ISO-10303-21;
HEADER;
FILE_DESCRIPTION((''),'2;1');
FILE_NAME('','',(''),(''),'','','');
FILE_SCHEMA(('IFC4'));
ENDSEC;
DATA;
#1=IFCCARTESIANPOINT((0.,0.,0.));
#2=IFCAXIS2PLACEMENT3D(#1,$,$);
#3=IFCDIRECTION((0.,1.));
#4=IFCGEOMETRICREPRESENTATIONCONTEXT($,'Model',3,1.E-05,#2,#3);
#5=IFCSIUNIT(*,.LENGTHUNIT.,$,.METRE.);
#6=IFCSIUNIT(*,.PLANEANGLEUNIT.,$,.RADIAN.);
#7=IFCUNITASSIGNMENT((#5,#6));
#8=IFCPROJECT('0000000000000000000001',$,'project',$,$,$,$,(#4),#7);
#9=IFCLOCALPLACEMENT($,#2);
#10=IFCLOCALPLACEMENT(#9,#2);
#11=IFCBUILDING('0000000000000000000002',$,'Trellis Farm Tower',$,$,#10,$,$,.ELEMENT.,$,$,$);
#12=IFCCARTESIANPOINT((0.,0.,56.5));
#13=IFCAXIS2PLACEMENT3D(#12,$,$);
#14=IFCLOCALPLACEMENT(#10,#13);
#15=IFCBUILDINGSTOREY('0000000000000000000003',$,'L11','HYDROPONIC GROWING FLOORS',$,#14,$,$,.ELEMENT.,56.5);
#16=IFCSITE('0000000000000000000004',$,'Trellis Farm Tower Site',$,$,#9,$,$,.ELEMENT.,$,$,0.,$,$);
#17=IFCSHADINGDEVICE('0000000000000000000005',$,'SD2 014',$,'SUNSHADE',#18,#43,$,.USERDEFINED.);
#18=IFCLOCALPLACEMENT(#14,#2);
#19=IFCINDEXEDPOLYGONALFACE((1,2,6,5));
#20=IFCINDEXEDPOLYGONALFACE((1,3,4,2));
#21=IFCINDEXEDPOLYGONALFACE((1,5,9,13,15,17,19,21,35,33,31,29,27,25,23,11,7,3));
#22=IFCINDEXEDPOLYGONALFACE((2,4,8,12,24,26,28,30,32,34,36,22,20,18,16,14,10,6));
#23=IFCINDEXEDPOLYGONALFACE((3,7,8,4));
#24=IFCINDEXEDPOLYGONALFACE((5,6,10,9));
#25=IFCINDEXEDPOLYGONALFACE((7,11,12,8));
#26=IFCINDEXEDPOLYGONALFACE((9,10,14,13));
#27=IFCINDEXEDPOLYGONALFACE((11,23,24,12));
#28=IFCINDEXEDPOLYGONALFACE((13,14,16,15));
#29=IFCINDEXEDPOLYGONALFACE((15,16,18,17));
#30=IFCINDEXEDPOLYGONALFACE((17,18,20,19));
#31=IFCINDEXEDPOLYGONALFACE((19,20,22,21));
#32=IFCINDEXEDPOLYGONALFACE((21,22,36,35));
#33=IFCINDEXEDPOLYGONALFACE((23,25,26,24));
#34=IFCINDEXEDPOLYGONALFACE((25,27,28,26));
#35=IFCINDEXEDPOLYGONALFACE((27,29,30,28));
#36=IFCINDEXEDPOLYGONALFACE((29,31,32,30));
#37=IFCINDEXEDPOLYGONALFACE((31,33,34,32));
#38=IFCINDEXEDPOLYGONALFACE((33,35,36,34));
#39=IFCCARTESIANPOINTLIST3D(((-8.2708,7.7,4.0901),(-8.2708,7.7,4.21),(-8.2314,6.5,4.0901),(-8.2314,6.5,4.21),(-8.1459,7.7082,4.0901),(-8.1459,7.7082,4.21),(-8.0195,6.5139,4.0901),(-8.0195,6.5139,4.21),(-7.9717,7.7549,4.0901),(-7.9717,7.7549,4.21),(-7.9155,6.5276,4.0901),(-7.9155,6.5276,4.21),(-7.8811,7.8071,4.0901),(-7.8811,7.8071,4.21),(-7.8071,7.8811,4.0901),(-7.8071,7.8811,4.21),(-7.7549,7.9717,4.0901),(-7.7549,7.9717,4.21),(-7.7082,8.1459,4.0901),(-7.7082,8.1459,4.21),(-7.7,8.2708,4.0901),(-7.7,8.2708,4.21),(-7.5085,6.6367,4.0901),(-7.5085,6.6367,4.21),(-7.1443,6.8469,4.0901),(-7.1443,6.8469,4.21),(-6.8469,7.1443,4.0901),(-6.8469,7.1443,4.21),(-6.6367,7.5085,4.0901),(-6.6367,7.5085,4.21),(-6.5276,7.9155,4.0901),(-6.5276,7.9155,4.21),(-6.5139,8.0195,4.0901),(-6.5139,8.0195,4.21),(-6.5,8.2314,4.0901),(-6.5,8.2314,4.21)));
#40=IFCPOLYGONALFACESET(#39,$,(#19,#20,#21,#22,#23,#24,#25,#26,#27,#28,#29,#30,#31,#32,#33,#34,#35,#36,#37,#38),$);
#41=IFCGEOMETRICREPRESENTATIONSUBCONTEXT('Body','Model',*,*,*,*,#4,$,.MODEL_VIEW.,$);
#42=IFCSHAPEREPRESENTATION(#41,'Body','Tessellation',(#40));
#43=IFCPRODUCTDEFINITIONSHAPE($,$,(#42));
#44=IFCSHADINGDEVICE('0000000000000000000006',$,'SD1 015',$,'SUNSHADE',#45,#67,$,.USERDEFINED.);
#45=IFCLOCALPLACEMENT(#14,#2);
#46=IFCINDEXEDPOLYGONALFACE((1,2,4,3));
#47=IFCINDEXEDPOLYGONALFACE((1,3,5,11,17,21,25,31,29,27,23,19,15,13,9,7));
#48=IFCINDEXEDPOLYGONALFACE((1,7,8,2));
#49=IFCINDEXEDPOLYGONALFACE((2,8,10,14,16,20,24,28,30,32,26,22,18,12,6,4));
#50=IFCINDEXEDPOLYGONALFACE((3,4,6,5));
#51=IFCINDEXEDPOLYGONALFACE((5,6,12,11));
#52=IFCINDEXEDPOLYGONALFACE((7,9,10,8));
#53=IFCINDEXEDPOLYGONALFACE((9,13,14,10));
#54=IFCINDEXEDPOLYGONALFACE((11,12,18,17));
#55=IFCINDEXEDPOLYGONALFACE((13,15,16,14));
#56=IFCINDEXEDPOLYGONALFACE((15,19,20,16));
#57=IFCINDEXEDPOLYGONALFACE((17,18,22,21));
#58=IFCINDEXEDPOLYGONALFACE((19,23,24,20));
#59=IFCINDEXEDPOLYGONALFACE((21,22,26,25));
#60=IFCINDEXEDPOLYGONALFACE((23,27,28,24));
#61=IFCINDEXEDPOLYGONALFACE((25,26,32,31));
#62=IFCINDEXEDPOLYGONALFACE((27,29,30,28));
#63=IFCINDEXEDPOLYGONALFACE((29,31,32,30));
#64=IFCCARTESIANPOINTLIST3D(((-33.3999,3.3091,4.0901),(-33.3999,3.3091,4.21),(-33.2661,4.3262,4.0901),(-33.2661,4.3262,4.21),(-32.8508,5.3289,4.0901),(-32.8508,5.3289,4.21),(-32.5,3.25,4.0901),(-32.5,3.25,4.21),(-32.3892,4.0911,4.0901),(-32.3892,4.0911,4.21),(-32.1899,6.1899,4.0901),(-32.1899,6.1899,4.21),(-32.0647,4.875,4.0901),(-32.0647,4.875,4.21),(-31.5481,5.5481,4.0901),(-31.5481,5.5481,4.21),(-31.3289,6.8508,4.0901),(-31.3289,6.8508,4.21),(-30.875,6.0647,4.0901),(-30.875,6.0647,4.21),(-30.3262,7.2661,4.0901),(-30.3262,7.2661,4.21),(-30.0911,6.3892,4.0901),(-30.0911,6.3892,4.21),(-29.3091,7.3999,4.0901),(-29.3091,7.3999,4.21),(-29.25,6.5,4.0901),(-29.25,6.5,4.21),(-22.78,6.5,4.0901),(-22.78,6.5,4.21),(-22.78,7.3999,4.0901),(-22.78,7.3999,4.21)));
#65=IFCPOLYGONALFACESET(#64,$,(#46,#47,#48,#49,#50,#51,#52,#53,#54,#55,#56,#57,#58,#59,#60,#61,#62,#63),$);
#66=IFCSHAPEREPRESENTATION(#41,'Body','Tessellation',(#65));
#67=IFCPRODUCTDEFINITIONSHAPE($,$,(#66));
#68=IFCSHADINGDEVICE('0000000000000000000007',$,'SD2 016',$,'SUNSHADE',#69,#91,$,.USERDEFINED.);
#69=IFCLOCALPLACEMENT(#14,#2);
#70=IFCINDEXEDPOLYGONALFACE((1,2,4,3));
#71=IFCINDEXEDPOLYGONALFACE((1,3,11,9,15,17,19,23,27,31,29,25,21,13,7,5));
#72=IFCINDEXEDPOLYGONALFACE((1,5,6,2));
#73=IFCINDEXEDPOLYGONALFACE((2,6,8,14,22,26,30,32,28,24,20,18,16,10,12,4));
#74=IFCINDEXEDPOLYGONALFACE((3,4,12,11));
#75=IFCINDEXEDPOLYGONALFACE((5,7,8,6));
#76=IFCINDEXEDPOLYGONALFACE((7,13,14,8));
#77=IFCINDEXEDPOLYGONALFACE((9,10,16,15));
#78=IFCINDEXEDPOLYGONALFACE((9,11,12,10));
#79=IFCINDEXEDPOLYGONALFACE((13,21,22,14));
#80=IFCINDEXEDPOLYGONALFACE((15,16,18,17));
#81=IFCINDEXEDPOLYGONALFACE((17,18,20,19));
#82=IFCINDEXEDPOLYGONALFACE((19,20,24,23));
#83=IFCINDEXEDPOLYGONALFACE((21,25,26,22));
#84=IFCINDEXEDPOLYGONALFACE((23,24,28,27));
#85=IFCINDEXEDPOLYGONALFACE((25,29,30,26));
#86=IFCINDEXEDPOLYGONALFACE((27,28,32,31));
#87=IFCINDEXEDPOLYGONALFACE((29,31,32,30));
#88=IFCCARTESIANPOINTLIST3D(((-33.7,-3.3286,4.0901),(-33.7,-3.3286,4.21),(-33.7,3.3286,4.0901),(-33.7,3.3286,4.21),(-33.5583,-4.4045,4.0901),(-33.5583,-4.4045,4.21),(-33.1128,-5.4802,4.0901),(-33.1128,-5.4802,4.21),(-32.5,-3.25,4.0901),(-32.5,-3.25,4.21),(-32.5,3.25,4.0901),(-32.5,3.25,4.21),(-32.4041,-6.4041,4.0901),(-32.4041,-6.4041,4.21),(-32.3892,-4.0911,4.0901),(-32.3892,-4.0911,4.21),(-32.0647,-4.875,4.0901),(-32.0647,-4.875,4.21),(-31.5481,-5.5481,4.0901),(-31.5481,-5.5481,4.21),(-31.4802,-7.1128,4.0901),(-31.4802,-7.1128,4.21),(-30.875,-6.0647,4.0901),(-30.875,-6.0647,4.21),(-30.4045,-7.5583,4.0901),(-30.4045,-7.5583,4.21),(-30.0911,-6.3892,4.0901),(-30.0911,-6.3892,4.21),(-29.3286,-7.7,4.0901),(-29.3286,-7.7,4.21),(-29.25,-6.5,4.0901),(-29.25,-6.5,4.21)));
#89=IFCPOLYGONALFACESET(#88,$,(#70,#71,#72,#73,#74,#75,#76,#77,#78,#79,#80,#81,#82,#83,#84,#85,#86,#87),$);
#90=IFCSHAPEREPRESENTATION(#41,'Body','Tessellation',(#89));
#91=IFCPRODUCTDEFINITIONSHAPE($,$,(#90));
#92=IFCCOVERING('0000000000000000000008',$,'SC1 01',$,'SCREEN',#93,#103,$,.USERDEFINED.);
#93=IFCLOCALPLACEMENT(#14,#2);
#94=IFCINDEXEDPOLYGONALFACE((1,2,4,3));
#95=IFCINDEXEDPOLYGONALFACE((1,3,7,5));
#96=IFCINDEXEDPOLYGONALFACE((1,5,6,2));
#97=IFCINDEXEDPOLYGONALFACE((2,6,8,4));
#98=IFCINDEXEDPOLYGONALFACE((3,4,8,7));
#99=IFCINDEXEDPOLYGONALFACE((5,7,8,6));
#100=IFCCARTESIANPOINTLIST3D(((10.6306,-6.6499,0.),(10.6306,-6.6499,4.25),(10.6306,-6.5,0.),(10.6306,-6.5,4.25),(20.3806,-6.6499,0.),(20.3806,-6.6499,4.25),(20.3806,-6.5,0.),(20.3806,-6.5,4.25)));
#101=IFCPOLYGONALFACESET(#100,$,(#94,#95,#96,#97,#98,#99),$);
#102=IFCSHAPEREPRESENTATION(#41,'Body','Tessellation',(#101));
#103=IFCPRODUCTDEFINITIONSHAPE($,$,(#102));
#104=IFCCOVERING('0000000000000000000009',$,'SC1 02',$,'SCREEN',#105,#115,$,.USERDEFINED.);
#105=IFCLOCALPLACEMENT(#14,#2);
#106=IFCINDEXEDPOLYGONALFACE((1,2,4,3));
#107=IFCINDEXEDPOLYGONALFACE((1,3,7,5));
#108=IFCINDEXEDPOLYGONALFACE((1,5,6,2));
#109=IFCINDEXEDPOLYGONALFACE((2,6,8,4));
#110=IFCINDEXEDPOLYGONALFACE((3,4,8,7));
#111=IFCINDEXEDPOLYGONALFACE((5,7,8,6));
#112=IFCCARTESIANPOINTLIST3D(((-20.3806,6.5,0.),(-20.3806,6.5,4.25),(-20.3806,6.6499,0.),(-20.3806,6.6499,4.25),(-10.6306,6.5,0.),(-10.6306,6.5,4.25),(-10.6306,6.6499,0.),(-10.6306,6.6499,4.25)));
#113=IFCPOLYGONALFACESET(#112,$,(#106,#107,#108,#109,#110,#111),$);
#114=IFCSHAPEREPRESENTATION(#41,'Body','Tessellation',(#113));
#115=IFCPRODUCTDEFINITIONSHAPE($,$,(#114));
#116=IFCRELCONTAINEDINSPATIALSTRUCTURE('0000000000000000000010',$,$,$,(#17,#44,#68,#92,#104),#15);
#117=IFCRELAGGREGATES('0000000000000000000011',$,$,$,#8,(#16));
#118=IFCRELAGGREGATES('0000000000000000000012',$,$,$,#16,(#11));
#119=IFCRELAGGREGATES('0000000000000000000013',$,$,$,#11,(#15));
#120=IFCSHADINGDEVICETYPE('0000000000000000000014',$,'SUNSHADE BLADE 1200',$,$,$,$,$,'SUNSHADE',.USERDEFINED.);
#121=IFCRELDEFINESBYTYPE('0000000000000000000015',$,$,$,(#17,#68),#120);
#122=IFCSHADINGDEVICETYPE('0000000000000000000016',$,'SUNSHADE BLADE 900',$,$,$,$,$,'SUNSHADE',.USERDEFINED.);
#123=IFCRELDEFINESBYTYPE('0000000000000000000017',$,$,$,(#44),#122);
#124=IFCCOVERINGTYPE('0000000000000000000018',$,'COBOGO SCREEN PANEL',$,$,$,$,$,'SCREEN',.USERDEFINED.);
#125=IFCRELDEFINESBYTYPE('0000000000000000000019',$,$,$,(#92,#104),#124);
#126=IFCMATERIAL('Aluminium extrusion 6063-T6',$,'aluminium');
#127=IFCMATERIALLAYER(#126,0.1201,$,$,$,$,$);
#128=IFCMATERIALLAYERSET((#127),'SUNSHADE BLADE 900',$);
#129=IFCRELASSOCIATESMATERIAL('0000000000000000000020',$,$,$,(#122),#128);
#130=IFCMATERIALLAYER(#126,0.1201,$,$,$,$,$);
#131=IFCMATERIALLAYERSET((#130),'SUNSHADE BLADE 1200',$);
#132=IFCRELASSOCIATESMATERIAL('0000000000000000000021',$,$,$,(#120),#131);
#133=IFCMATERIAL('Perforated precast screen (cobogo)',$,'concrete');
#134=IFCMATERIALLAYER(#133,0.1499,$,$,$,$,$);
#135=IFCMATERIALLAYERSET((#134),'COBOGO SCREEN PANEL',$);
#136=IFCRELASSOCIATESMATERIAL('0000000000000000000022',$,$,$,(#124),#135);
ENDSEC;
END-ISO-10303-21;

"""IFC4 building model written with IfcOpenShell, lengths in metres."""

from ifc_helpers import new_model, si_unit, direction, frame, origin, place, context, subcontext, project, spatial, polyline, outline, extrude, source, transform, mapped, material, layer, layer_set, type_object, element, save


model = new_model("IFC4")

# Units and contexts
model_context = context("Model", 3, precision=1e-05, world=origin(), true_north=direction((0.0, 1.0)))
body_context = subcontext(model_context, "Body", "Model", "MODEL_VIEW")
ifc_project = project(units=[si_unit("LENGTHUNIT", "METRE"), si_unit("PLANEANGLEUNIT", "RADIAN")], contexts=[model_context])

# Site, building, storey
site_placement = place(None, origin())
site = spatial("IfcSite", under=ifc_project, at=site_placement, Name="Trellis Farm Tower Site", CompositionType="ELEMENT", RefElevation=0.0)
building_placement = place(site_placement, origin())
building = spatial("IfcBuilding", under=site, at=building_placement, Name="Trellis Farm Tower", CompositionType="ELEMENT")
storey_placement = place(building_placement, frame((0.0, 0.0, 56.5)))
storey = spatial("IfcBuildingStorey", under=building, at=storey_placement, Name="L11", Description="HYDROPONIC GROWING FLOORS", CompositionType="ELEMENT", Elevation=56.5)

# Shared definitions
placement_1 = place(storey_placement, origin())
ifc_material_1 = material(Name="Aluminium extrusion 6063-T6", Category="aluminium")

# Shading devices
ifc_layer_1 = layer(ifc_material_1, 0.1201)
ifc_layer_set_1 = layer_set([ifc_layer_1], Name="SUNSHADE BLADE 900")
shading_device_type_1 = type_object("IfcShadingDeviceType", Name="SUNSHADE BLADE 900", ElementType="SUNSHADE", PredefinedType="USERDEFINED", material=ifc_layer_set_1)
placement_2 = place(storey_placement, frame((0.0, 0.0, 4.0901)))
ifc_layer_2 = layer(ifc_material_1, 0.1201)
ifc_layer_set_2 = layer_set([ifc_layer_2], Name="SUNSHADE BLADE 1200")
shading_device_type_2 = type_object("IfcShadingDeviceType", Name="SUNSHADE BLADE 1200", ElementType="SUNSHADE", PredefinedType="USERDEFINED", material=ifc_layer_set_2)
shared_shape_1 = source(origin(), body_context, "Body", "SweptSolid", [
    extrude(outline(polyline([(-7.7, 8.2708), (-7.7087, 8.1372), (-7.707, 8.1501), (-7.7549, 7.9717), (-7.8071, 7.8811), (-7.8811, 7.8071), (-7.9717, 7.7549), (-8.1501, 7.707), (-8.1372, 7.7087), (-8.2708, 7.7), (-8.2314, 6.5), (-8.0195, 6.5139), (-7.9155, 6.5276), (-7.5085, 6.6367), (-7.1443, 6.8469), (-6.8469, 7.1443), (-6.6367, 7.5085), (-6.5276, 7.9155), (-6.5139, 8.0195), (-6.5, 8.2314), (-7.7, 8.2708)])), origin(), (0.0, 0.0, 1.0), 0.1199),
])
element("IfcShadingDevice", 1, at=placement_2, inside=storey, type_object=shading_device_type_2, Name="SD2 014", ObjectType="SUNSHADE", PredefinedType="USERDEFINED", context=body_context, shape_type="MappedRepresentation", body=[
    mapped(shared_shape_1, transform((0.0, 0.0, 0.0))),
])
shared_shape_2 = source(origin(), body_context, "Body", "SweptSolid", [
    extrude(outline(polyline([(-22.78, 7.3999), (-29.3091, 7.3999), (-30.3262, 7.2661), (-31.3289, 6.8508), (-32.1899, 6.1899), (-32.8508, 5.3289), (-33.2661, 4.3262), (-33.3999, 3.3091), (-32.5, 3.25), (-32.3892, 4.0911), (-32.0647, 4.875), (-31.5481, 5.5481), (-30.875, 6.0647), (-30.0911, 6.3892), (-29.25, 6.5), (-22.78, 6.5), (-22.78, 7.3999)])), origin(), (0.0, 0.0, 1.0), 0.1199),
])
element("IfcShadingDevice", 2, at=placement_2, inside=storey, type_object=shading_device_type_1, Name="SD1 015", ObjectType="SUNSHADE", PredefinedType="USERDEFINED", context=body_context, shape_type="MappedRepresentation", body=[
    mapped(shared_shape_2, transform((0.0, 0.0, 0.0))),
])
shared_shape_3 = source(origin(), body_context, "Body", "SweptSolid", [
    extrude(outline(polyline([(-33.7, 3.3286), (-33.7, -3.3286), (-33.5583, -4.4045), (-33.1128, -5.4802), (-32.4041, -6.4041), (-31.4802, -7.1128), (-30.4045, -7.5583), (-29.3286, -7.7), (-29.25, -6.5), (-30.0911, -6.3892), (-30.875, -6.0647), (-31.5481, -5.5481), (-32.0647, -4.875), (-32.3892, -4.0911), (-32.5, -3.25), (-32.5, 3.25), (-33.7, 3.3286)])), origin(), (0.0, 0.0, 1.0), 0.1199),
])
element("IfcShadingDevice", 3, at=placement_2, inside=storey, type_object=shading_device_type_2, Name="SD2 016", ObjectType="SUNSHADE", PredefinedType="USERDEFINED", context=body_context, shape_type="MappedRepresentation", body=[
    mapped(shared_shape_3, transform((0.0, 0.0, 0.0))),
])

# Coverings
ifc_material_2 = material(Name="Perforated precast screen (cobogo)", Category="concrete")
ifc_layer_3 = layer(ifc_material_2, 0.1499)
ifc_layer_set_3 = layer_set([ifc_layer_3], Name="COBOGO SCREEN PANEL")
covering_type = type_object("IfcCoveringType", Name="COBOGO SCREEN PANEL", ElementType="SCREEN", PredefinedType="USERDEFINED", material=ifc_layer_set_3)
shared_shape_4 = source(origin(), body_context, "Body", "SweptSolid", [
    extrude(outline(polyline([(10.6306, -6.6499), (20.3806, -6.6499), (20.3806, -6.5), (10.6306, -6.5), (10.6306, -6.6499)])), origin(), (0.0, 0.0, 1.0), 4.25),
])
element("IfcCovering", 4, at=placement_1, inside=storey, type_object=covering_type, Name="SC1 01", ObjectType="SCREEN", PredefinedType="USERDEFINED", context=body_context, shape_type="MappedRepresentation", body=[
    mapped(shared_shape_4, transform((0.0, 0.0, 0.0))),
])
shared_shape_5 = source(origin(), body_context, "Body", "SweptSolid", [
    extrude(outline(polyline([(-10.6306, 6.6499), (-20.3806, 6.6499), (-20.3806, 6.5), (-10.6306, 6.5), (-10.6306, 6.6499)])), origin(), (0.0, 0.0, 1.0), 4.25),
])
element("IfcCovering", 5, at=placement_1, inside=storey, type_object=covering_type, Name="SC1 02", ObjectType="SCREEN", PredefinedType="USERDEFINED", context=body_context, shape_type="MappedRepresentation", body=[
    mapped(shared_shape_5, transform((0.0, 0.0, 0.0))),
])

save(model, "model.ifc")
